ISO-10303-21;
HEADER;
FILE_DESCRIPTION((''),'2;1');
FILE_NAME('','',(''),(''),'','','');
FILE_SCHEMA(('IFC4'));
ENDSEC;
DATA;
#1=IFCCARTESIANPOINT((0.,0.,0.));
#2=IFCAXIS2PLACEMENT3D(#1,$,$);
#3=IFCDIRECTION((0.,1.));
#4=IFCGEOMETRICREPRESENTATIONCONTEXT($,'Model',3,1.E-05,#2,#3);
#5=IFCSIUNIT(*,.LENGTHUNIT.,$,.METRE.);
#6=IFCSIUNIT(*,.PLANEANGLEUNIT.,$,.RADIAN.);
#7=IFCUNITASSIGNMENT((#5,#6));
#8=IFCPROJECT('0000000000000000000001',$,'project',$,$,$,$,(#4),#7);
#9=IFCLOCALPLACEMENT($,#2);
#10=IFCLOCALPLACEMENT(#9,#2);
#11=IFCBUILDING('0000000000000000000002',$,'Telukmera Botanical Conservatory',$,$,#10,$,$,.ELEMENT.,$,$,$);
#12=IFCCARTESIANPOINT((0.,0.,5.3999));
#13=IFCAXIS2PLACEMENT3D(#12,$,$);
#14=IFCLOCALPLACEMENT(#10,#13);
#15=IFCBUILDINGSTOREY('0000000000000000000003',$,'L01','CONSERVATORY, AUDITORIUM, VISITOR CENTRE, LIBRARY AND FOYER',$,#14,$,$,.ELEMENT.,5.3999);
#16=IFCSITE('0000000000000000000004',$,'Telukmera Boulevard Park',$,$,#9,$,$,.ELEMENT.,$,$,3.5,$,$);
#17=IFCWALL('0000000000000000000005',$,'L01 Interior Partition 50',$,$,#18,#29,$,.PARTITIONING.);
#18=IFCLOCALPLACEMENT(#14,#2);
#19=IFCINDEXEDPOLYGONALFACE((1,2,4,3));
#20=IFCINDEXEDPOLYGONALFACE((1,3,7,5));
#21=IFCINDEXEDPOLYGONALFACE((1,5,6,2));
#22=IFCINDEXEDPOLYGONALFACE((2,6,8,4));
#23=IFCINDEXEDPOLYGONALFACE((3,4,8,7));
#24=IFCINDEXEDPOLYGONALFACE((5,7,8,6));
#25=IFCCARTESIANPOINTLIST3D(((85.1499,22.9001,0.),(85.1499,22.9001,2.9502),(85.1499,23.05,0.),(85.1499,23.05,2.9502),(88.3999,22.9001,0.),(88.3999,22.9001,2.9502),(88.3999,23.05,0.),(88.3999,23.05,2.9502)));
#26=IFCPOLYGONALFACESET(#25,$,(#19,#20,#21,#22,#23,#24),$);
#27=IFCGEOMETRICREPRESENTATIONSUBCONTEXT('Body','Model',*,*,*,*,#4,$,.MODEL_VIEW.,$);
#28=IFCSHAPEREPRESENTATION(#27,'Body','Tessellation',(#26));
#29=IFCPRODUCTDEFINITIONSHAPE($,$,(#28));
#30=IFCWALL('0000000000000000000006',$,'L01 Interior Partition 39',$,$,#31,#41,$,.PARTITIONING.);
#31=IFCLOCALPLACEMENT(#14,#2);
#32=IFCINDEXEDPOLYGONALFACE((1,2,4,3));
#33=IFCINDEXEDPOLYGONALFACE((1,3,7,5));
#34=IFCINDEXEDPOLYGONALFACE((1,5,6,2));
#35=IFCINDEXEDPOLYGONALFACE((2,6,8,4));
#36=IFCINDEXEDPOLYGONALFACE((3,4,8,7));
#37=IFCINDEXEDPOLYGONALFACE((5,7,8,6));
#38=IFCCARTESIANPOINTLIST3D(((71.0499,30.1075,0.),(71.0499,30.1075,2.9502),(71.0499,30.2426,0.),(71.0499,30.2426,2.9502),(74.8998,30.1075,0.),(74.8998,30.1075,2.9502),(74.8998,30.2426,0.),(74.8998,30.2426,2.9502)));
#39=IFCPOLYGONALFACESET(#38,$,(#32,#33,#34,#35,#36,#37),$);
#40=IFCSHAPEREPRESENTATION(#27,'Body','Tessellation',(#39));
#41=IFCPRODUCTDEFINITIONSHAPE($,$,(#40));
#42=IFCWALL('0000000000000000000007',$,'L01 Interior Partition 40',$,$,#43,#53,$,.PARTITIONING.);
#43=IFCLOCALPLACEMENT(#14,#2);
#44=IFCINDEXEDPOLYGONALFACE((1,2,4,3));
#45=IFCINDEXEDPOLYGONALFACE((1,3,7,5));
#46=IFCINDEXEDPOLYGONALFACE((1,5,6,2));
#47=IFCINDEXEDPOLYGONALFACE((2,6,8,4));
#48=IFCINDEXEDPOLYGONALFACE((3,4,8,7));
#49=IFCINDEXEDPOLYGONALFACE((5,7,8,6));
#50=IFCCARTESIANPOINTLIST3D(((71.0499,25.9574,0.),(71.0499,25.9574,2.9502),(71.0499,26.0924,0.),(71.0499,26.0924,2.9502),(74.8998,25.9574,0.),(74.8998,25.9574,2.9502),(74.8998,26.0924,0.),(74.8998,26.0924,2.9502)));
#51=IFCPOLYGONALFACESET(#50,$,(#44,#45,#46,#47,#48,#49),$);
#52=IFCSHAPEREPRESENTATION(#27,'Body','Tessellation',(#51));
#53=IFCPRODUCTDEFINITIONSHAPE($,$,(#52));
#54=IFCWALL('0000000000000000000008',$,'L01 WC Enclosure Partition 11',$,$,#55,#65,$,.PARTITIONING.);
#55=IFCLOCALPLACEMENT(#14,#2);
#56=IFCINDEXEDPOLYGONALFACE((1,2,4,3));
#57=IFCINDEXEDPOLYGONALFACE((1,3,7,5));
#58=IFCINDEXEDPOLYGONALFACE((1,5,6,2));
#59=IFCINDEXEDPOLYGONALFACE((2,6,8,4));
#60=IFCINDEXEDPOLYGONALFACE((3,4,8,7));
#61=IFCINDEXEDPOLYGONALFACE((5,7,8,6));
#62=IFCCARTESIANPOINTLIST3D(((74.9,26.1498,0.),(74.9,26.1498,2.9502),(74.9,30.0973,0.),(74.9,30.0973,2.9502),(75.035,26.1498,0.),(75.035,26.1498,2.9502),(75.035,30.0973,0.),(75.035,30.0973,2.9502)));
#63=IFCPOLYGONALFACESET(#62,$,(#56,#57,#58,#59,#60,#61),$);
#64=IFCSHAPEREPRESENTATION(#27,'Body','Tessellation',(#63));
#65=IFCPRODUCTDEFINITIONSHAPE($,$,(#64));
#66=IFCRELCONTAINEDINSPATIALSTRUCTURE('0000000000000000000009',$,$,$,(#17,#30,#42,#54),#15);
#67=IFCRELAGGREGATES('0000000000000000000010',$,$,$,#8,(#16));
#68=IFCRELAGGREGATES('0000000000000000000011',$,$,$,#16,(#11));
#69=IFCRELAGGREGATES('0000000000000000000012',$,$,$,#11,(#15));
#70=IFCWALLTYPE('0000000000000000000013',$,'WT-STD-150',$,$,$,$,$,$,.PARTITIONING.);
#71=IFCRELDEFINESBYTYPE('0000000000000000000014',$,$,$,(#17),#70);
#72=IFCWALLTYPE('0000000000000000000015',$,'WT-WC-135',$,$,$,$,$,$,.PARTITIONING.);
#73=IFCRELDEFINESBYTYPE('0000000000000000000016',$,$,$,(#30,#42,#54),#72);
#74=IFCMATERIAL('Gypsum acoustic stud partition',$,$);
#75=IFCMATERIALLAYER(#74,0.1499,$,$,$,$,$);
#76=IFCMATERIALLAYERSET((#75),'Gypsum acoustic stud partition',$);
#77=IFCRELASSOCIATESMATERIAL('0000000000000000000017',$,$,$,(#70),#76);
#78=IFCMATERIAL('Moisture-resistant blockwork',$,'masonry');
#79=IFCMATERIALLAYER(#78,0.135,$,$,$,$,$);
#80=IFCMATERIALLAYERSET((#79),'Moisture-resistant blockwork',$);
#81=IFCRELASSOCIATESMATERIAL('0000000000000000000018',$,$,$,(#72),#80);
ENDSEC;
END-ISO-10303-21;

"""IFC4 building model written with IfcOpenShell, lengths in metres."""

from ifc_helpers import new_model, si_unit, direction, frame, frame_2d, origin, place, context, subcontext, project, spatial, rectangle, extrude, material, layer, layer_set, type_object, element, save


model = new_model("IFC4")

# Units and contexts
model_context = context("Model", 3, precision=1e-05, world=origin(), true_north=direction((0.0, 1.0)))
body_context = subcontext(model_context, "Body", "Model", "MODEL_VIEW")
ifc_project = project(units=[si_unit("LENGTHUNIT", "METRE"), si_unit("PLANEANGLEUNIT", "RADIAN")], contexts=[model_context])

# Site, building, storey
site_placement = place(None, origin())
site = spatial("IfcSite", under=ifc_project, at=site_placement, Name="Telukmera Boulevard Park", CompositionType="ELEMENT", RefElevation=3.5)
building_placement = place(site_placement, origin())
building = spatial("IfcBuilding", under=site, at=building_placement, Name="Telukmera Botanical Conservatory", CompositionType="ELEMENT")
storey_placement = place(building_placement, frame((0.0, 0.0, 5.3999)))
storey = spatial("IfcBuildingStorey", under=building, at=storey_placement, Name="L01", Description="CONSERVATORY, AUDITORIUM, VISITOR CENTRE, LIBRARY AND FOYER", CompositionType="ELEMENT", Elevation=5.3999)

# Wall
ifc_material_1 = material(Name="Gypsum acoustic stud partition")
ifc_layer_1 = layer(ifc_material_1, 0.1499)
ifc_layer_set_1 = layer_set([ifc_layer_1], Name="Gypsum acoustic stud partition")
wall_type_1 = type_object("IfcWallType", Name="WT-STD-150", PredefinedType="PARTITIONING", material=ifc_layer_set_1)
wall_1_placement = place(storey_placement, frame((85.1499, 22.9751, 0.0), z_axis=(0.0, 0.0, 1.0), x_axis=(1.0, 0.0, 0.0)))
element("IfcWall", 1, at=wall_1_placement, inside=storey, type_object=wall_type_1, Name="L01 Interior Partition 50", PredefinedType="PARTITIONING", context=body_context, shape_type="SweptSolid", body=[
    extrude(rectangle(XDim=3.25, YDim=0.1499, at=frame_2d((1.625, 0.0))), origin(), (0.0, 0.0, 1.0), 2.9502),
])

# Shared definitions
ifc_material_2 = material(Name="Moisture-resistant blockwork", Category="masonry")
ifc_layer_2 = layer(ifc_material_2, 0.135)
ifc_layer_set_2 = layer_set([ifc_layer_2], Name="Moisture-resistant blockwork")
wall_type_2 = type_object("IfcWallType", Name="WT-WC-135", PredefinedType="PARTITIONING", material=ifc_layer_set_2)

# Walls
for number, where, z_axis, x_axis, name in (
    (2, (71.05, 30.175, 0.0), (0.0, 0.0, 1.0), (1.0, 0.0, 0.0), "L01 Interior Partition 39"),
    (3, (71.05, 26.0249, 0.0), (0.0, 0.0, 1.0), (1.0, 0.0, 0.0), "L01 Interior Partition 40"),
):
    element("IfcWall", number, at=place(storey_placement, frame(where, z_axis=z_axis, x_axis=x_axis)), inside=storey, type_object=wall_type_2, Name=name, PredefinedType="PARTITIONING", context=body_context, shape_type="SweptSolid", body=[
        extrude(rectangle(XDim=3.8499, YDim=0.135, at=frame_2d((1.9248, 0.0))), origin(), (0.0, 0.0, 1.0), 2.9502),
    ])
wall_2_placement = place(storey_placement, frame((74.9675, 26.1499, 0.0), z_axis=(0.0, 0.0, 1.0), x_axis=(0.0, 1.0, 0.0)))
element("IfcWall", 4, at=wall_2_placement, inside=storey, type_object=wall_type_2, Name="L01 WC Enclosure Partition 11", PredefinedType="PARTITIONING", context=body_context, shape_type="SweptSolid", body=[
    extrude(rectangle(XDim=3.9475, YDim=0.135, at=frame_2d((1.9736, 0.0))), origin(), (0.0, 0.0, 1.0), 2.9502),
])

save(model, "model.ifc")
